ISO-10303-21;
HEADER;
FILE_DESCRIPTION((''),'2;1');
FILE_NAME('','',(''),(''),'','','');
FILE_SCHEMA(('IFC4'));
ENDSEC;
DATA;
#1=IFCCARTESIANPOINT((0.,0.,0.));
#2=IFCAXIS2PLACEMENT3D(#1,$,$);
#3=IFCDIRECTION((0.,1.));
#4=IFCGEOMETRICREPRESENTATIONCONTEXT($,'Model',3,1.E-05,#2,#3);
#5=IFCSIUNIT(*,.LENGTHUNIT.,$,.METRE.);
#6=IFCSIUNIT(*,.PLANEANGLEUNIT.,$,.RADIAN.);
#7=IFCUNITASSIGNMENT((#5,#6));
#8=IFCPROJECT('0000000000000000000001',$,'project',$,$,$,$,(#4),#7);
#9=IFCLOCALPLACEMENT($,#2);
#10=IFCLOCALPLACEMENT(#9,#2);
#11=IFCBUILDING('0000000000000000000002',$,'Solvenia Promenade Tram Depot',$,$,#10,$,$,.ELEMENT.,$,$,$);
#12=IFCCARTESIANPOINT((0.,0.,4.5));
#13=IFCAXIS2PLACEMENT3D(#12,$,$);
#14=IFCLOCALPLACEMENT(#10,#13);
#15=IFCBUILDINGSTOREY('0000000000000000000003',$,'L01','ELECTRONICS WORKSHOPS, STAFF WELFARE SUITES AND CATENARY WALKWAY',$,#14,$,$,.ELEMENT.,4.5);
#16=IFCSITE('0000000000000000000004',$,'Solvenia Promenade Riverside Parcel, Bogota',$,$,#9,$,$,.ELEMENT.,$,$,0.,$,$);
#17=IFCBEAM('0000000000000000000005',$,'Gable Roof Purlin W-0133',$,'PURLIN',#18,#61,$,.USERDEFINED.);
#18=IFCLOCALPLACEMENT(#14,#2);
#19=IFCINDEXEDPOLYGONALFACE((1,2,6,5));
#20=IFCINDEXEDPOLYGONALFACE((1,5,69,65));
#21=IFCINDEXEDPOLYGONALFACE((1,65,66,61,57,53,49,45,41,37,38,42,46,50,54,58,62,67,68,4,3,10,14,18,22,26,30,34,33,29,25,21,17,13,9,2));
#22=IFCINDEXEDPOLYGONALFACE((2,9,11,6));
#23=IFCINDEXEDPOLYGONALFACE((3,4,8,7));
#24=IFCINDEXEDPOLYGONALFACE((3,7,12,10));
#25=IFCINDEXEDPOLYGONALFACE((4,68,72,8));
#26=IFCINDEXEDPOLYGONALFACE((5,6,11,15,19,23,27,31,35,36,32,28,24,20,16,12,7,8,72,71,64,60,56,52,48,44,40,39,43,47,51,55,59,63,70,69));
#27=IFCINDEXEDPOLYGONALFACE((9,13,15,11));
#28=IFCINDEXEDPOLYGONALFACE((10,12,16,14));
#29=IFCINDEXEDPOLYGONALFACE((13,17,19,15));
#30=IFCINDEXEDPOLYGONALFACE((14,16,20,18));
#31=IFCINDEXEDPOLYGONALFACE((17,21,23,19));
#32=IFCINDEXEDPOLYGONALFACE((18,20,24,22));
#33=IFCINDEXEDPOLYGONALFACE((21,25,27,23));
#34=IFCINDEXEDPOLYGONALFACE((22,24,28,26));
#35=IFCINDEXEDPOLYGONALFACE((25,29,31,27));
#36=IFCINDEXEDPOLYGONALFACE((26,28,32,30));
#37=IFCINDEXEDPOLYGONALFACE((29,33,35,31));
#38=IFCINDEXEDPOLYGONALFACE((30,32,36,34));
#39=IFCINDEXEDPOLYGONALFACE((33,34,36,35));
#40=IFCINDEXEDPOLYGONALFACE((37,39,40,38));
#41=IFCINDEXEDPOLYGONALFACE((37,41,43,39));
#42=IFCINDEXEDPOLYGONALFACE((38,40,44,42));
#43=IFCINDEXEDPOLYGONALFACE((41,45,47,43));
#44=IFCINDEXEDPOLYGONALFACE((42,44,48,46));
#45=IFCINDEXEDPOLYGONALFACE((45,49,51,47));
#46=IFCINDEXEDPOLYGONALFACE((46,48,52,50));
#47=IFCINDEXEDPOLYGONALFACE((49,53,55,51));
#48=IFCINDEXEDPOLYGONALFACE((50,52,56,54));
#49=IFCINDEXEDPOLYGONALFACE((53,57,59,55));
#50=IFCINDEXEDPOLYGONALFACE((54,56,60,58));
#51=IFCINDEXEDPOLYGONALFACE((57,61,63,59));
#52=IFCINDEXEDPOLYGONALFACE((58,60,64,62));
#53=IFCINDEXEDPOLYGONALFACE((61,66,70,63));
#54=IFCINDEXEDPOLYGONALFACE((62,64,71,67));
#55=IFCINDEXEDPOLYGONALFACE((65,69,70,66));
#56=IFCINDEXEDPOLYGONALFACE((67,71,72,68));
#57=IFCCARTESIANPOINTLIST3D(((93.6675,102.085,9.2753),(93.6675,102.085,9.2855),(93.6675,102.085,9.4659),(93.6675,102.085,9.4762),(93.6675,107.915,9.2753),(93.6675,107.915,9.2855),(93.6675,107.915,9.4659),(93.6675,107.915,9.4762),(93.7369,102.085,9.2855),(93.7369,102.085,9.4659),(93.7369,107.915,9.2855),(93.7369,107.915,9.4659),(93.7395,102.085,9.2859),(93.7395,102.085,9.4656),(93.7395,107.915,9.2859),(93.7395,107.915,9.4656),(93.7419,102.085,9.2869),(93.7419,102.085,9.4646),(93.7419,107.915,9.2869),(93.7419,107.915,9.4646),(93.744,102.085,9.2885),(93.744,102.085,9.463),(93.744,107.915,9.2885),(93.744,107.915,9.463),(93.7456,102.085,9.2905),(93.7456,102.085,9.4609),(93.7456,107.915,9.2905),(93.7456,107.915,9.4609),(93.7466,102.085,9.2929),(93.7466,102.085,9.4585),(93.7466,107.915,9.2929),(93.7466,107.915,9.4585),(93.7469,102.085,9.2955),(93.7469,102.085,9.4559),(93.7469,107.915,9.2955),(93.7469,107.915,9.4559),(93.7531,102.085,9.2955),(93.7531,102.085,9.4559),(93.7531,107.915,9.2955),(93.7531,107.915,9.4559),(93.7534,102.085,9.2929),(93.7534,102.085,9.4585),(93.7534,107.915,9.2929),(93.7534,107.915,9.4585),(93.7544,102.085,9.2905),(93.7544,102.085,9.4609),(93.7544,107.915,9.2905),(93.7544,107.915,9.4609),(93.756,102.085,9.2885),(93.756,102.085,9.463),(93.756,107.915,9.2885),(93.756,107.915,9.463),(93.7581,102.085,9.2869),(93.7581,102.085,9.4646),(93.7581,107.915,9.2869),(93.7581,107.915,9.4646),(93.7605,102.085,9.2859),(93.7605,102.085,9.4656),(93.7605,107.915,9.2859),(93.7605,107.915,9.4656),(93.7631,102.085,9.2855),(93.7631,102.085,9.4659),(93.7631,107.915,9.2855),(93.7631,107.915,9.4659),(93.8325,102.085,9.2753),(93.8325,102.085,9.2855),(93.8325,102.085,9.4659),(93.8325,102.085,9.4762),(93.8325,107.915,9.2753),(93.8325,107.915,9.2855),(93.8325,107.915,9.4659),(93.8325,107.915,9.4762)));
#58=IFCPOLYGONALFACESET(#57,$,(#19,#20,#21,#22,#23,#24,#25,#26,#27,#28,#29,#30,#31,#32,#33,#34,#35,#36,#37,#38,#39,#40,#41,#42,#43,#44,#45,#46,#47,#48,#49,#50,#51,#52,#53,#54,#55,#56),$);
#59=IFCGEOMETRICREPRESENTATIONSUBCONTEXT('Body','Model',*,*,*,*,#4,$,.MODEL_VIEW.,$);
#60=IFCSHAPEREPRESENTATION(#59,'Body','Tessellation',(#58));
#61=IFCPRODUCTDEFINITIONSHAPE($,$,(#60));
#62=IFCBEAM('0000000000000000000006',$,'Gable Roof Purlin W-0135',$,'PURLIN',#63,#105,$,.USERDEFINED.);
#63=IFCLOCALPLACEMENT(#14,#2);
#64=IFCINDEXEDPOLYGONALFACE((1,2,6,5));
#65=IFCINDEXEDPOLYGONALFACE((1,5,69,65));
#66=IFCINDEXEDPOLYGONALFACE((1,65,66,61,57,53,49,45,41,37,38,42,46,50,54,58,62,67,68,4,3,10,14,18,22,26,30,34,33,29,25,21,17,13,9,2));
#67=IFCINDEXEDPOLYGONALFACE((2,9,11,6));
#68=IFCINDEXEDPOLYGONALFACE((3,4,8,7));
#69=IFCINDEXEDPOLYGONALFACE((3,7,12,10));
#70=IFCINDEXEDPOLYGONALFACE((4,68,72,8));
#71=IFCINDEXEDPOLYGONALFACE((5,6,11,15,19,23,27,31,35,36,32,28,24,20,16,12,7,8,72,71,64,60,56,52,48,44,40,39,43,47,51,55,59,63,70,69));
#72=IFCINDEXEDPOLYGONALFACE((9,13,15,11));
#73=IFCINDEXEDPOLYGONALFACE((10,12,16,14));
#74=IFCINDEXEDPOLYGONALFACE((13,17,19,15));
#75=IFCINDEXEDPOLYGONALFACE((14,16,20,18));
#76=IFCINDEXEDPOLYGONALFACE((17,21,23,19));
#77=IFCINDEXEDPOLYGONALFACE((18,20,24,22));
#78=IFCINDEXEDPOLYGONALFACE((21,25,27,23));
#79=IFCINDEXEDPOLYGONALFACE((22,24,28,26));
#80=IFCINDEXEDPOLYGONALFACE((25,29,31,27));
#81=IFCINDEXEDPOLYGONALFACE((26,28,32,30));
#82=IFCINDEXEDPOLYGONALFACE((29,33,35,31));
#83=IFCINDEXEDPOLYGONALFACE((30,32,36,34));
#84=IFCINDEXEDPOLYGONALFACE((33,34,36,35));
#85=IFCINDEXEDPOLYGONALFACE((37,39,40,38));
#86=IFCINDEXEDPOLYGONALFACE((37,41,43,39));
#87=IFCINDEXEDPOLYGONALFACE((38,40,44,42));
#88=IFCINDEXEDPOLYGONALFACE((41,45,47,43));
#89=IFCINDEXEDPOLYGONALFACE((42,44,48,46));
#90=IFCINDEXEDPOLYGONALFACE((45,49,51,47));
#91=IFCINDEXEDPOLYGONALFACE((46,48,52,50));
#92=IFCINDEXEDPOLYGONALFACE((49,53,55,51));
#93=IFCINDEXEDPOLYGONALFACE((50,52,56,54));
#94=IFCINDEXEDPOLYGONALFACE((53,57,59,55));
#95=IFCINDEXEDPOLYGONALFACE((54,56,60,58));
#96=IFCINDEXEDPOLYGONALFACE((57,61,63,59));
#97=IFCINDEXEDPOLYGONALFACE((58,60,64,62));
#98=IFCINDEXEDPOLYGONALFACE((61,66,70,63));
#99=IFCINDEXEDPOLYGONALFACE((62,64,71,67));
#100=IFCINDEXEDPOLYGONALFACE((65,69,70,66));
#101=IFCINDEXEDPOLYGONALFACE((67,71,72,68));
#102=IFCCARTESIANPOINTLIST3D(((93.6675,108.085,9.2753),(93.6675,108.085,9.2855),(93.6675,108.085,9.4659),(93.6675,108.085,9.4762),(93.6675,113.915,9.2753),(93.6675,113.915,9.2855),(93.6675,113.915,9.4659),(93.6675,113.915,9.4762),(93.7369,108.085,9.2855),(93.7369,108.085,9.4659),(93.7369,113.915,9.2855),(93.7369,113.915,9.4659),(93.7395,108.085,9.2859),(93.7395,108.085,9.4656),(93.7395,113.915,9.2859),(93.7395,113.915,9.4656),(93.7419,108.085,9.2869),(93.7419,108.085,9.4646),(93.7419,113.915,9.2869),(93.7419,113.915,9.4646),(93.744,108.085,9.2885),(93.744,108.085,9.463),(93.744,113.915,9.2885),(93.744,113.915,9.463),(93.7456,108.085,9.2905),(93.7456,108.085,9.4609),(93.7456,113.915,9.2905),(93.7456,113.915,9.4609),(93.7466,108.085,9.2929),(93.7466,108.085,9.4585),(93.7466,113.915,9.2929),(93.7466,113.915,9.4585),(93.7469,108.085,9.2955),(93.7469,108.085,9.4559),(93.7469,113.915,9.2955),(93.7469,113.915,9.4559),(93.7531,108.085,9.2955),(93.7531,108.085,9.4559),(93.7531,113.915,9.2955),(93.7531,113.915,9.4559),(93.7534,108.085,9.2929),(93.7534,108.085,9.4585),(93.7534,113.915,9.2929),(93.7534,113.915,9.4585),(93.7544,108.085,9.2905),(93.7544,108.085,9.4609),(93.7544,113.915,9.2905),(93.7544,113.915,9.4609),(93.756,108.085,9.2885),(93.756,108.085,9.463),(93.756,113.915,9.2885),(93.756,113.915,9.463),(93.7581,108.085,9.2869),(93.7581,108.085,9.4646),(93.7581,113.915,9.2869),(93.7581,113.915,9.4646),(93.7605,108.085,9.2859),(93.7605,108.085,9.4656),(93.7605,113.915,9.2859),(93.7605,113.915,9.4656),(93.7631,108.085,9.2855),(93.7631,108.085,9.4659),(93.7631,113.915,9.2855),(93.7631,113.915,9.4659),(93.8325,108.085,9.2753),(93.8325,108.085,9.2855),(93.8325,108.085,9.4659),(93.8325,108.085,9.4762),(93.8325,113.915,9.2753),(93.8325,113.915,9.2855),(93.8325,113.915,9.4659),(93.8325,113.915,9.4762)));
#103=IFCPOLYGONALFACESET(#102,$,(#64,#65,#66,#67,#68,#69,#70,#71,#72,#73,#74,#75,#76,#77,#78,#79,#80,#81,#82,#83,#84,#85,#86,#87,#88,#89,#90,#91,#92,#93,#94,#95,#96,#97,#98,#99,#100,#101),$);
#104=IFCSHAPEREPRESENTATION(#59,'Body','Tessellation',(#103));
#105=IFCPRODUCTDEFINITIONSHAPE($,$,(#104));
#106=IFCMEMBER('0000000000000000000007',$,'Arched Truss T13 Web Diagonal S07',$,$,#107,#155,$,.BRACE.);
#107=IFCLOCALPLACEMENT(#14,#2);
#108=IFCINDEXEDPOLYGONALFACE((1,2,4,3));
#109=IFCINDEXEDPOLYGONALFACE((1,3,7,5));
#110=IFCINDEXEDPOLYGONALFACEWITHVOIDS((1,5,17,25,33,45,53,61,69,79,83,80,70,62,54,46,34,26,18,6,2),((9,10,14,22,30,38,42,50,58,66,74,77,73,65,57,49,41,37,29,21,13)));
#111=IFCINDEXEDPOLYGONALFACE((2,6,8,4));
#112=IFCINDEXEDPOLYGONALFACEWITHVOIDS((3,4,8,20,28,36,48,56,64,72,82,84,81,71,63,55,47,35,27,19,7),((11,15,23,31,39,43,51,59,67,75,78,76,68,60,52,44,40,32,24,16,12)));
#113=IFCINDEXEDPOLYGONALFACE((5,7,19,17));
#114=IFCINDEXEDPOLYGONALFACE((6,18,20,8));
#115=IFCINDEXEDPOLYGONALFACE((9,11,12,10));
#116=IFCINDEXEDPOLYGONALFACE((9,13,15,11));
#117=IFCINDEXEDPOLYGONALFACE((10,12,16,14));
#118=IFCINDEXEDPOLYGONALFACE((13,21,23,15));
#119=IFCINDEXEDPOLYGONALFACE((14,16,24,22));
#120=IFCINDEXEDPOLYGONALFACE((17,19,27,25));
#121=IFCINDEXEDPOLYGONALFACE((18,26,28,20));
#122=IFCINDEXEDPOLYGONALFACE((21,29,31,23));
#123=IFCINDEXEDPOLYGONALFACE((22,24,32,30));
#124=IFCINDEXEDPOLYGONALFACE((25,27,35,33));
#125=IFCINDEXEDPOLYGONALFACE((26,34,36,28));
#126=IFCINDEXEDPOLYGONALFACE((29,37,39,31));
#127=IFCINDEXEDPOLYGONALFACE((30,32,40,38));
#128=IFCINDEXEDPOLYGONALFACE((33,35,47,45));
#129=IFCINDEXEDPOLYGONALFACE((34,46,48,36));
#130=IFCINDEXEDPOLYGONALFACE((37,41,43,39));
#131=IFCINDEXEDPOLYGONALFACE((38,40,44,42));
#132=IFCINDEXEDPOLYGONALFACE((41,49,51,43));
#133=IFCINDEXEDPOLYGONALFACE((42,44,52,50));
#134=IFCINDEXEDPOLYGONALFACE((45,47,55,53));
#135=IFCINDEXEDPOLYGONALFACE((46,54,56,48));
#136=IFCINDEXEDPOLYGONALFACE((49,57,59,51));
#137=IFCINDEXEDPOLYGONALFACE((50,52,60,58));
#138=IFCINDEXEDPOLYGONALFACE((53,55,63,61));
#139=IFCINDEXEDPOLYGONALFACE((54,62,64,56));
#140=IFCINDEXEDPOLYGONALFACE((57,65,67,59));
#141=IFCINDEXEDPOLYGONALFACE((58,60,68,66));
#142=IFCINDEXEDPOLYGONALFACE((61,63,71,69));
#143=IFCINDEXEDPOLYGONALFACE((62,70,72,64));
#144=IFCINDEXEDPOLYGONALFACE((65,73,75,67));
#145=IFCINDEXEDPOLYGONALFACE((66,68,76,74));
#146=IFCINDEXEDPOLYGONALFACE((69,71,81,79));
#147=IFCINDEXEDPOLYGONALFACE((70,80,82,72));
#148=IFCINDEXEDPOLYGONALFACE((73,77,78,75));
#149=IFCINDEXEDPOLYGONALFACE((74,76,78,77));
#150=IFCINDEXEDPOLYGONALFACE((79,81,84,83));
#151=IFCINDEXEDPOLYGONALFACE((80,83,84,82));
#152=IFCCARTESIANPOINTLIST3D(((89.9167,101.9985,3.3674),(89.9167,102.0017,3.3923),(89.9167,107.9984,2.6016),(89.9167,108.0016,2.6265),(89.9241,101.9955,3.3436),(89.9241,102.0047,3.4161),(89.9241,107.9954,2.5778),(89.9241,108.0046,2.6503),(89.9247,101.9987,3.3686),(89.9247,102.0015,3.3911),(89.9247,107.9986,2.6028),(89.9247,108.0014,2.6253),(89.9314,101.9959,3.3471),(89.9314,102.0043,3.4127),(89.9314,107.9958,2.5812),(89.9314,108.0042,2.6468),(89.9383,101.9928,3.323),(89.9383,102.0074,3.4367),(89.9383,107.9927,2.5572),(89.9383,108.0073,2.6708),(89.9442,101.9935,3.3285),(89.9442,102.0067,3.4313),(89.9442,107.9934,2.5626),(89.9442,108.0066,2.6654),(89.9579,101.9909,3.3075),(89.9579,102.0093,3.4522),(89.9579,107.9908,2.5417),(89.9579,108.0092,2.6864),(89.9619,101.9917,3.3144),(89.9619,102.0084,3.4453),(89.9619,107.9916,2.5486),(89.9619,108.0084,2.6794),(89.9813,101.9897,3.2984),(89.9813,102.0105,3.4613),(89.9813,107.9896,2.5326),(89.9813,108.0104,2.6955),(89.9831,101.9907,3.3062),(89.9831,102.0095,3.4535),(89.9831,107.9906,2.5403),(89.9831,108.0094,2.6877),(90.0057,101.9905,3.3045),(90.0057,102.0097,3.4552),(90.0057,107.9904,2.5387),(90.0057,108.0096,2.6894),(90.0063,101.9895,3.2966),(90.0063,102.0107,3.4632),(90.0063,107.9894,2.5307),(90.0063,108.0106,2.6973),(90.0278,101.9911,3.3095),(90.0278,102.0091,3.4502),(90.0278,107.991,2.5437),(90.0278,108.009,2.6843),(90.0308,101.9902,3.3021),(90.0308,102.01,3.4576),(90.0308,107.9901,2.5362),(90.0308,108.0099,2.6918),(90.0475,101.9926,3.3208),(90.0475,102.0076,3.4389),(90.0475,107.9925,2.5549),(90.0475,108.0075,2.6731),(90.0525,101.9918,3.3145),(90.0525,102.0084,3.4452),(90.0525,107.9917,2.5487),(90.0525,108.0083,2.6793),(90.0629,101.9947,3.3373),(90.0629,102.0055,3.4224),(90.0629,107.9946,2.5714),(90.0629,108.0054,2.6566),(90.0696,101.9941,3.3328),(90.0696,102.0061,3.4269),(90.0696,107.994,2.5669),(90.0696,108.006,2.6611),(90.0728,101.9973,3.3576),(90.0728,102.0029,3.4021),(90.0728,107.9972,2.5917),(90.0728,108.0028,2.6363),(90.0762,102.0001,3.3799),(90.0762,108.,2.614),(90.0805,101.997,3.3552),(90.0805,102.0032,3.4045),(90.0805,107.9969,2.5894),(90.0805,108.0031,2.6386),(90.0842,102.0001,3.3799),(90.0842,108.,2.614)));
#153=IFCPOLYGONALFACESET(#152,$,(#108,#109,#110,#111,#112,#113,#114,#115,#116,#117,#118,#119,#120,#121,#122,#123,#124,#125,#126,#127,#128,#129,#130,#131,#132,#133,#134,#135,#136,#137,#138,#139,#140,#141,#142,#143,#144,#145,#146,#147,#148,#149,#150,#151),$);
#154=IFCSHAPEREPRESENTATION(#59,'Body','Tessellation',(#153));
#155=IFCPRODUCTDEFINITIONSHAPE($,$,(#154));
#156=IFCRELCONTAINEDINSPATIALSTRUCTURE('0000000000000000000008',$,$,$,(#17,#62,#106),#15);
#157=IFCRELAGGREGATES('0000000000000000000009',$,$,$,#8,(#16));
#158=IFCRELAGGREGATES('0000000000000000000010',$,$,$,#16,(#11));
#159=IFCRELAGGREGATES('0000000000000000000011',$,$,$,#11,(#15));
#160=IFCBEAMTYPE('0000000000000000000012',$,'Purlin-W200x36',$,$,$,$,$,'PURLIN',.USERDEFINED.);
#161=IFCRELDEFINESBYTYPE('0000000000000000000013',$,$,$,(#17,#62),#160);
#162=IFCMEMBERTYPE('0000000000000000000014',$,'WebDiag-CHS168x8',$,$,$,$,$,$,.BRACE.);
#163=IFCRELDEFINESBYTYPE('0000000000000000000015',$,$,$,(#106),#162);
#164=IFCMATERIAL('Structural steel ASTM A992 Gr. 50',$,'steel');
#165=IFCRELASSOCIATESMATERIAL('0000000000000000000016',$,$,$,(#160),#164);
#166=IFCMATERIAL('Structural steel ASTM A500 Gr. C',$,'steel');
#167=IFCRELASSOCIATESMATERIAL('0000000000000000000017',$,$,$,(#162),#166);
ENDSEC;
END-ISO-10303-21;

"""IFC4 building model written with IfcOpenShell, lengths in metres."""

from ifc_helpers import new_model, si_unit, direction, frame, origin, origin_2d, place, context, subcontext, project, spatial, hollow_circle, i_section, extrude, material, material_profile, profile_set, type_object, element, save


model = new_model("IFC4")

# Units and contexts
model_context = context("Model", 3, precision=1e-05, world=origin(), true_north=direction((0.0, 1.0)))
body_context = subcontext(model_context, "Body", "Model", "MODEL_VIEW")
ifc_project = project(units=[si_unit("LENGTHUNIT", "METRE"), si_unit("PLANEANGLEUNIT", "RADIAN")], contexts=[model_context])

# Site, building, storey
site_placement = place(None, origin())
site = spatial("IfcSite", under=ifc_project, at=site_placement, Name="Solvenia Promenade Riverside Parcel, Bogota", CompositionType="ELEMENT", RefElevation=0.0)
building_placement = place(site_placement, origin())
building = spatial("IfcBuilding", under=site, at=building_placement, Name="Solvenia Promenade Tram Depot", CompositionType="ELEMENT")
storey_placement = place(building_placement, frame((0.0, 0.0, 4.5)))
storey = spatial("IfcBuildingStorey", under=building, at=storey_placement, Name="L01", Description="ELECTRONICS WORKSHOPS, STAFF WELFARE SUITES AND CATENARY WALKWAY", CompositionType="ELEMENT", Elevation=4.5)

# Shared definitions
ifc_material_1 = material(Name="Structural steel ASTM A500 Gr. C", Category="steel")

# Beams
ifc_material_2 = material(Name="Structural steel ASTM A992 Gr. 50", Category="steel")
ifc_material_profile_1 = material_profile(ifc_material_2, i_section(OverallWidth=0.165, OverallDepth=0.2009, WebThickness=0.0061, FlangeThickness=0.0103, FilletRadius=0.01, at=origin_2d()), Name="W200x36", Category="steel")
ifc_profile_set_1 = profile_set([ifc_material_profile_1], Name="Structural steel ASTM A992 Gr. 50")
beam_type_1 = type_object("IfcBeamType", Name="Purlin-W200x36", ElementType="PURLIN", PredefinedType="USERDEFINED", material=ifc_profile_set_1)
for number, where, z_axis, x_axis, name in (
    (1, (93.75, 102.085, 9.3757), (0.0, 1.0, 0.0), (-1.0, 0.0, 0.0), "Gable Roof Purlin W-0133"),
    (2, (93.75, 108.085, 9.3757), (0.0, 1.0, 0.0), (-1.0, 0.0, 0.0), "Gable Roof Purlin W-0135"),
):
    element("IfcBeam", number, at=place(storey_placement, frame(where, z_axis=z_axis, x_axis=x_axis)), inside=storey, type_object=beam_type_1, Name=name, ObjectType="PURLIN", PredefinedType="USERDEFINED", context=body_context, shape_type="SweptSolid", body=[
        extrude(i_section(OverallWidth=0.165, OverallDepth=0.2009, WebThickness=0.0061, FlangeThickness=0.0103, FilletRadius=0.01, at=origin_2d()), origin(), (0.0, 0.0, 1.0), 5.8301),
    ])

# Member
ifc_material_profile_2 = material_profile(ifc_material_1, hollow_circle(Radius=0.0842, WallThickness=0.0081, at=origin_2d()), Name="CHS168.3x8", Category="steel")
ifc_profile_set_2 = profile_set([ifc_material_profile_2], Name="Structural steel ASTM A500 Gr. C")
member_type_1 = type_object("IfcMemberType", Name="WebDiag-CHS168x8", PredefinedType="BRACE", material=ifc_profile_set_2)
member_1_placement = place(storey_placement, frame((90.0, 108.0, 2.614), z_axis=(0.0, -0.991952, 0.126618), x_axis=(1.0, 0.0, 0.0)))
element("IfcMember", 3, at=member_1_placement, inside=storey, type_object=member_type_1, Name="Arched Truss T13 Web Diagonal S07", PredefinedType="BRACE", context=body_context, shape_type="SweptSolid", body=[
    extrude(hollow_circle(Radius=0.0842, WallThickness=0.0081, at=origin_2d()), origin(), (0.0, 0.0, 1.0), 6.0486),
])

save(model, "model.ifc")
